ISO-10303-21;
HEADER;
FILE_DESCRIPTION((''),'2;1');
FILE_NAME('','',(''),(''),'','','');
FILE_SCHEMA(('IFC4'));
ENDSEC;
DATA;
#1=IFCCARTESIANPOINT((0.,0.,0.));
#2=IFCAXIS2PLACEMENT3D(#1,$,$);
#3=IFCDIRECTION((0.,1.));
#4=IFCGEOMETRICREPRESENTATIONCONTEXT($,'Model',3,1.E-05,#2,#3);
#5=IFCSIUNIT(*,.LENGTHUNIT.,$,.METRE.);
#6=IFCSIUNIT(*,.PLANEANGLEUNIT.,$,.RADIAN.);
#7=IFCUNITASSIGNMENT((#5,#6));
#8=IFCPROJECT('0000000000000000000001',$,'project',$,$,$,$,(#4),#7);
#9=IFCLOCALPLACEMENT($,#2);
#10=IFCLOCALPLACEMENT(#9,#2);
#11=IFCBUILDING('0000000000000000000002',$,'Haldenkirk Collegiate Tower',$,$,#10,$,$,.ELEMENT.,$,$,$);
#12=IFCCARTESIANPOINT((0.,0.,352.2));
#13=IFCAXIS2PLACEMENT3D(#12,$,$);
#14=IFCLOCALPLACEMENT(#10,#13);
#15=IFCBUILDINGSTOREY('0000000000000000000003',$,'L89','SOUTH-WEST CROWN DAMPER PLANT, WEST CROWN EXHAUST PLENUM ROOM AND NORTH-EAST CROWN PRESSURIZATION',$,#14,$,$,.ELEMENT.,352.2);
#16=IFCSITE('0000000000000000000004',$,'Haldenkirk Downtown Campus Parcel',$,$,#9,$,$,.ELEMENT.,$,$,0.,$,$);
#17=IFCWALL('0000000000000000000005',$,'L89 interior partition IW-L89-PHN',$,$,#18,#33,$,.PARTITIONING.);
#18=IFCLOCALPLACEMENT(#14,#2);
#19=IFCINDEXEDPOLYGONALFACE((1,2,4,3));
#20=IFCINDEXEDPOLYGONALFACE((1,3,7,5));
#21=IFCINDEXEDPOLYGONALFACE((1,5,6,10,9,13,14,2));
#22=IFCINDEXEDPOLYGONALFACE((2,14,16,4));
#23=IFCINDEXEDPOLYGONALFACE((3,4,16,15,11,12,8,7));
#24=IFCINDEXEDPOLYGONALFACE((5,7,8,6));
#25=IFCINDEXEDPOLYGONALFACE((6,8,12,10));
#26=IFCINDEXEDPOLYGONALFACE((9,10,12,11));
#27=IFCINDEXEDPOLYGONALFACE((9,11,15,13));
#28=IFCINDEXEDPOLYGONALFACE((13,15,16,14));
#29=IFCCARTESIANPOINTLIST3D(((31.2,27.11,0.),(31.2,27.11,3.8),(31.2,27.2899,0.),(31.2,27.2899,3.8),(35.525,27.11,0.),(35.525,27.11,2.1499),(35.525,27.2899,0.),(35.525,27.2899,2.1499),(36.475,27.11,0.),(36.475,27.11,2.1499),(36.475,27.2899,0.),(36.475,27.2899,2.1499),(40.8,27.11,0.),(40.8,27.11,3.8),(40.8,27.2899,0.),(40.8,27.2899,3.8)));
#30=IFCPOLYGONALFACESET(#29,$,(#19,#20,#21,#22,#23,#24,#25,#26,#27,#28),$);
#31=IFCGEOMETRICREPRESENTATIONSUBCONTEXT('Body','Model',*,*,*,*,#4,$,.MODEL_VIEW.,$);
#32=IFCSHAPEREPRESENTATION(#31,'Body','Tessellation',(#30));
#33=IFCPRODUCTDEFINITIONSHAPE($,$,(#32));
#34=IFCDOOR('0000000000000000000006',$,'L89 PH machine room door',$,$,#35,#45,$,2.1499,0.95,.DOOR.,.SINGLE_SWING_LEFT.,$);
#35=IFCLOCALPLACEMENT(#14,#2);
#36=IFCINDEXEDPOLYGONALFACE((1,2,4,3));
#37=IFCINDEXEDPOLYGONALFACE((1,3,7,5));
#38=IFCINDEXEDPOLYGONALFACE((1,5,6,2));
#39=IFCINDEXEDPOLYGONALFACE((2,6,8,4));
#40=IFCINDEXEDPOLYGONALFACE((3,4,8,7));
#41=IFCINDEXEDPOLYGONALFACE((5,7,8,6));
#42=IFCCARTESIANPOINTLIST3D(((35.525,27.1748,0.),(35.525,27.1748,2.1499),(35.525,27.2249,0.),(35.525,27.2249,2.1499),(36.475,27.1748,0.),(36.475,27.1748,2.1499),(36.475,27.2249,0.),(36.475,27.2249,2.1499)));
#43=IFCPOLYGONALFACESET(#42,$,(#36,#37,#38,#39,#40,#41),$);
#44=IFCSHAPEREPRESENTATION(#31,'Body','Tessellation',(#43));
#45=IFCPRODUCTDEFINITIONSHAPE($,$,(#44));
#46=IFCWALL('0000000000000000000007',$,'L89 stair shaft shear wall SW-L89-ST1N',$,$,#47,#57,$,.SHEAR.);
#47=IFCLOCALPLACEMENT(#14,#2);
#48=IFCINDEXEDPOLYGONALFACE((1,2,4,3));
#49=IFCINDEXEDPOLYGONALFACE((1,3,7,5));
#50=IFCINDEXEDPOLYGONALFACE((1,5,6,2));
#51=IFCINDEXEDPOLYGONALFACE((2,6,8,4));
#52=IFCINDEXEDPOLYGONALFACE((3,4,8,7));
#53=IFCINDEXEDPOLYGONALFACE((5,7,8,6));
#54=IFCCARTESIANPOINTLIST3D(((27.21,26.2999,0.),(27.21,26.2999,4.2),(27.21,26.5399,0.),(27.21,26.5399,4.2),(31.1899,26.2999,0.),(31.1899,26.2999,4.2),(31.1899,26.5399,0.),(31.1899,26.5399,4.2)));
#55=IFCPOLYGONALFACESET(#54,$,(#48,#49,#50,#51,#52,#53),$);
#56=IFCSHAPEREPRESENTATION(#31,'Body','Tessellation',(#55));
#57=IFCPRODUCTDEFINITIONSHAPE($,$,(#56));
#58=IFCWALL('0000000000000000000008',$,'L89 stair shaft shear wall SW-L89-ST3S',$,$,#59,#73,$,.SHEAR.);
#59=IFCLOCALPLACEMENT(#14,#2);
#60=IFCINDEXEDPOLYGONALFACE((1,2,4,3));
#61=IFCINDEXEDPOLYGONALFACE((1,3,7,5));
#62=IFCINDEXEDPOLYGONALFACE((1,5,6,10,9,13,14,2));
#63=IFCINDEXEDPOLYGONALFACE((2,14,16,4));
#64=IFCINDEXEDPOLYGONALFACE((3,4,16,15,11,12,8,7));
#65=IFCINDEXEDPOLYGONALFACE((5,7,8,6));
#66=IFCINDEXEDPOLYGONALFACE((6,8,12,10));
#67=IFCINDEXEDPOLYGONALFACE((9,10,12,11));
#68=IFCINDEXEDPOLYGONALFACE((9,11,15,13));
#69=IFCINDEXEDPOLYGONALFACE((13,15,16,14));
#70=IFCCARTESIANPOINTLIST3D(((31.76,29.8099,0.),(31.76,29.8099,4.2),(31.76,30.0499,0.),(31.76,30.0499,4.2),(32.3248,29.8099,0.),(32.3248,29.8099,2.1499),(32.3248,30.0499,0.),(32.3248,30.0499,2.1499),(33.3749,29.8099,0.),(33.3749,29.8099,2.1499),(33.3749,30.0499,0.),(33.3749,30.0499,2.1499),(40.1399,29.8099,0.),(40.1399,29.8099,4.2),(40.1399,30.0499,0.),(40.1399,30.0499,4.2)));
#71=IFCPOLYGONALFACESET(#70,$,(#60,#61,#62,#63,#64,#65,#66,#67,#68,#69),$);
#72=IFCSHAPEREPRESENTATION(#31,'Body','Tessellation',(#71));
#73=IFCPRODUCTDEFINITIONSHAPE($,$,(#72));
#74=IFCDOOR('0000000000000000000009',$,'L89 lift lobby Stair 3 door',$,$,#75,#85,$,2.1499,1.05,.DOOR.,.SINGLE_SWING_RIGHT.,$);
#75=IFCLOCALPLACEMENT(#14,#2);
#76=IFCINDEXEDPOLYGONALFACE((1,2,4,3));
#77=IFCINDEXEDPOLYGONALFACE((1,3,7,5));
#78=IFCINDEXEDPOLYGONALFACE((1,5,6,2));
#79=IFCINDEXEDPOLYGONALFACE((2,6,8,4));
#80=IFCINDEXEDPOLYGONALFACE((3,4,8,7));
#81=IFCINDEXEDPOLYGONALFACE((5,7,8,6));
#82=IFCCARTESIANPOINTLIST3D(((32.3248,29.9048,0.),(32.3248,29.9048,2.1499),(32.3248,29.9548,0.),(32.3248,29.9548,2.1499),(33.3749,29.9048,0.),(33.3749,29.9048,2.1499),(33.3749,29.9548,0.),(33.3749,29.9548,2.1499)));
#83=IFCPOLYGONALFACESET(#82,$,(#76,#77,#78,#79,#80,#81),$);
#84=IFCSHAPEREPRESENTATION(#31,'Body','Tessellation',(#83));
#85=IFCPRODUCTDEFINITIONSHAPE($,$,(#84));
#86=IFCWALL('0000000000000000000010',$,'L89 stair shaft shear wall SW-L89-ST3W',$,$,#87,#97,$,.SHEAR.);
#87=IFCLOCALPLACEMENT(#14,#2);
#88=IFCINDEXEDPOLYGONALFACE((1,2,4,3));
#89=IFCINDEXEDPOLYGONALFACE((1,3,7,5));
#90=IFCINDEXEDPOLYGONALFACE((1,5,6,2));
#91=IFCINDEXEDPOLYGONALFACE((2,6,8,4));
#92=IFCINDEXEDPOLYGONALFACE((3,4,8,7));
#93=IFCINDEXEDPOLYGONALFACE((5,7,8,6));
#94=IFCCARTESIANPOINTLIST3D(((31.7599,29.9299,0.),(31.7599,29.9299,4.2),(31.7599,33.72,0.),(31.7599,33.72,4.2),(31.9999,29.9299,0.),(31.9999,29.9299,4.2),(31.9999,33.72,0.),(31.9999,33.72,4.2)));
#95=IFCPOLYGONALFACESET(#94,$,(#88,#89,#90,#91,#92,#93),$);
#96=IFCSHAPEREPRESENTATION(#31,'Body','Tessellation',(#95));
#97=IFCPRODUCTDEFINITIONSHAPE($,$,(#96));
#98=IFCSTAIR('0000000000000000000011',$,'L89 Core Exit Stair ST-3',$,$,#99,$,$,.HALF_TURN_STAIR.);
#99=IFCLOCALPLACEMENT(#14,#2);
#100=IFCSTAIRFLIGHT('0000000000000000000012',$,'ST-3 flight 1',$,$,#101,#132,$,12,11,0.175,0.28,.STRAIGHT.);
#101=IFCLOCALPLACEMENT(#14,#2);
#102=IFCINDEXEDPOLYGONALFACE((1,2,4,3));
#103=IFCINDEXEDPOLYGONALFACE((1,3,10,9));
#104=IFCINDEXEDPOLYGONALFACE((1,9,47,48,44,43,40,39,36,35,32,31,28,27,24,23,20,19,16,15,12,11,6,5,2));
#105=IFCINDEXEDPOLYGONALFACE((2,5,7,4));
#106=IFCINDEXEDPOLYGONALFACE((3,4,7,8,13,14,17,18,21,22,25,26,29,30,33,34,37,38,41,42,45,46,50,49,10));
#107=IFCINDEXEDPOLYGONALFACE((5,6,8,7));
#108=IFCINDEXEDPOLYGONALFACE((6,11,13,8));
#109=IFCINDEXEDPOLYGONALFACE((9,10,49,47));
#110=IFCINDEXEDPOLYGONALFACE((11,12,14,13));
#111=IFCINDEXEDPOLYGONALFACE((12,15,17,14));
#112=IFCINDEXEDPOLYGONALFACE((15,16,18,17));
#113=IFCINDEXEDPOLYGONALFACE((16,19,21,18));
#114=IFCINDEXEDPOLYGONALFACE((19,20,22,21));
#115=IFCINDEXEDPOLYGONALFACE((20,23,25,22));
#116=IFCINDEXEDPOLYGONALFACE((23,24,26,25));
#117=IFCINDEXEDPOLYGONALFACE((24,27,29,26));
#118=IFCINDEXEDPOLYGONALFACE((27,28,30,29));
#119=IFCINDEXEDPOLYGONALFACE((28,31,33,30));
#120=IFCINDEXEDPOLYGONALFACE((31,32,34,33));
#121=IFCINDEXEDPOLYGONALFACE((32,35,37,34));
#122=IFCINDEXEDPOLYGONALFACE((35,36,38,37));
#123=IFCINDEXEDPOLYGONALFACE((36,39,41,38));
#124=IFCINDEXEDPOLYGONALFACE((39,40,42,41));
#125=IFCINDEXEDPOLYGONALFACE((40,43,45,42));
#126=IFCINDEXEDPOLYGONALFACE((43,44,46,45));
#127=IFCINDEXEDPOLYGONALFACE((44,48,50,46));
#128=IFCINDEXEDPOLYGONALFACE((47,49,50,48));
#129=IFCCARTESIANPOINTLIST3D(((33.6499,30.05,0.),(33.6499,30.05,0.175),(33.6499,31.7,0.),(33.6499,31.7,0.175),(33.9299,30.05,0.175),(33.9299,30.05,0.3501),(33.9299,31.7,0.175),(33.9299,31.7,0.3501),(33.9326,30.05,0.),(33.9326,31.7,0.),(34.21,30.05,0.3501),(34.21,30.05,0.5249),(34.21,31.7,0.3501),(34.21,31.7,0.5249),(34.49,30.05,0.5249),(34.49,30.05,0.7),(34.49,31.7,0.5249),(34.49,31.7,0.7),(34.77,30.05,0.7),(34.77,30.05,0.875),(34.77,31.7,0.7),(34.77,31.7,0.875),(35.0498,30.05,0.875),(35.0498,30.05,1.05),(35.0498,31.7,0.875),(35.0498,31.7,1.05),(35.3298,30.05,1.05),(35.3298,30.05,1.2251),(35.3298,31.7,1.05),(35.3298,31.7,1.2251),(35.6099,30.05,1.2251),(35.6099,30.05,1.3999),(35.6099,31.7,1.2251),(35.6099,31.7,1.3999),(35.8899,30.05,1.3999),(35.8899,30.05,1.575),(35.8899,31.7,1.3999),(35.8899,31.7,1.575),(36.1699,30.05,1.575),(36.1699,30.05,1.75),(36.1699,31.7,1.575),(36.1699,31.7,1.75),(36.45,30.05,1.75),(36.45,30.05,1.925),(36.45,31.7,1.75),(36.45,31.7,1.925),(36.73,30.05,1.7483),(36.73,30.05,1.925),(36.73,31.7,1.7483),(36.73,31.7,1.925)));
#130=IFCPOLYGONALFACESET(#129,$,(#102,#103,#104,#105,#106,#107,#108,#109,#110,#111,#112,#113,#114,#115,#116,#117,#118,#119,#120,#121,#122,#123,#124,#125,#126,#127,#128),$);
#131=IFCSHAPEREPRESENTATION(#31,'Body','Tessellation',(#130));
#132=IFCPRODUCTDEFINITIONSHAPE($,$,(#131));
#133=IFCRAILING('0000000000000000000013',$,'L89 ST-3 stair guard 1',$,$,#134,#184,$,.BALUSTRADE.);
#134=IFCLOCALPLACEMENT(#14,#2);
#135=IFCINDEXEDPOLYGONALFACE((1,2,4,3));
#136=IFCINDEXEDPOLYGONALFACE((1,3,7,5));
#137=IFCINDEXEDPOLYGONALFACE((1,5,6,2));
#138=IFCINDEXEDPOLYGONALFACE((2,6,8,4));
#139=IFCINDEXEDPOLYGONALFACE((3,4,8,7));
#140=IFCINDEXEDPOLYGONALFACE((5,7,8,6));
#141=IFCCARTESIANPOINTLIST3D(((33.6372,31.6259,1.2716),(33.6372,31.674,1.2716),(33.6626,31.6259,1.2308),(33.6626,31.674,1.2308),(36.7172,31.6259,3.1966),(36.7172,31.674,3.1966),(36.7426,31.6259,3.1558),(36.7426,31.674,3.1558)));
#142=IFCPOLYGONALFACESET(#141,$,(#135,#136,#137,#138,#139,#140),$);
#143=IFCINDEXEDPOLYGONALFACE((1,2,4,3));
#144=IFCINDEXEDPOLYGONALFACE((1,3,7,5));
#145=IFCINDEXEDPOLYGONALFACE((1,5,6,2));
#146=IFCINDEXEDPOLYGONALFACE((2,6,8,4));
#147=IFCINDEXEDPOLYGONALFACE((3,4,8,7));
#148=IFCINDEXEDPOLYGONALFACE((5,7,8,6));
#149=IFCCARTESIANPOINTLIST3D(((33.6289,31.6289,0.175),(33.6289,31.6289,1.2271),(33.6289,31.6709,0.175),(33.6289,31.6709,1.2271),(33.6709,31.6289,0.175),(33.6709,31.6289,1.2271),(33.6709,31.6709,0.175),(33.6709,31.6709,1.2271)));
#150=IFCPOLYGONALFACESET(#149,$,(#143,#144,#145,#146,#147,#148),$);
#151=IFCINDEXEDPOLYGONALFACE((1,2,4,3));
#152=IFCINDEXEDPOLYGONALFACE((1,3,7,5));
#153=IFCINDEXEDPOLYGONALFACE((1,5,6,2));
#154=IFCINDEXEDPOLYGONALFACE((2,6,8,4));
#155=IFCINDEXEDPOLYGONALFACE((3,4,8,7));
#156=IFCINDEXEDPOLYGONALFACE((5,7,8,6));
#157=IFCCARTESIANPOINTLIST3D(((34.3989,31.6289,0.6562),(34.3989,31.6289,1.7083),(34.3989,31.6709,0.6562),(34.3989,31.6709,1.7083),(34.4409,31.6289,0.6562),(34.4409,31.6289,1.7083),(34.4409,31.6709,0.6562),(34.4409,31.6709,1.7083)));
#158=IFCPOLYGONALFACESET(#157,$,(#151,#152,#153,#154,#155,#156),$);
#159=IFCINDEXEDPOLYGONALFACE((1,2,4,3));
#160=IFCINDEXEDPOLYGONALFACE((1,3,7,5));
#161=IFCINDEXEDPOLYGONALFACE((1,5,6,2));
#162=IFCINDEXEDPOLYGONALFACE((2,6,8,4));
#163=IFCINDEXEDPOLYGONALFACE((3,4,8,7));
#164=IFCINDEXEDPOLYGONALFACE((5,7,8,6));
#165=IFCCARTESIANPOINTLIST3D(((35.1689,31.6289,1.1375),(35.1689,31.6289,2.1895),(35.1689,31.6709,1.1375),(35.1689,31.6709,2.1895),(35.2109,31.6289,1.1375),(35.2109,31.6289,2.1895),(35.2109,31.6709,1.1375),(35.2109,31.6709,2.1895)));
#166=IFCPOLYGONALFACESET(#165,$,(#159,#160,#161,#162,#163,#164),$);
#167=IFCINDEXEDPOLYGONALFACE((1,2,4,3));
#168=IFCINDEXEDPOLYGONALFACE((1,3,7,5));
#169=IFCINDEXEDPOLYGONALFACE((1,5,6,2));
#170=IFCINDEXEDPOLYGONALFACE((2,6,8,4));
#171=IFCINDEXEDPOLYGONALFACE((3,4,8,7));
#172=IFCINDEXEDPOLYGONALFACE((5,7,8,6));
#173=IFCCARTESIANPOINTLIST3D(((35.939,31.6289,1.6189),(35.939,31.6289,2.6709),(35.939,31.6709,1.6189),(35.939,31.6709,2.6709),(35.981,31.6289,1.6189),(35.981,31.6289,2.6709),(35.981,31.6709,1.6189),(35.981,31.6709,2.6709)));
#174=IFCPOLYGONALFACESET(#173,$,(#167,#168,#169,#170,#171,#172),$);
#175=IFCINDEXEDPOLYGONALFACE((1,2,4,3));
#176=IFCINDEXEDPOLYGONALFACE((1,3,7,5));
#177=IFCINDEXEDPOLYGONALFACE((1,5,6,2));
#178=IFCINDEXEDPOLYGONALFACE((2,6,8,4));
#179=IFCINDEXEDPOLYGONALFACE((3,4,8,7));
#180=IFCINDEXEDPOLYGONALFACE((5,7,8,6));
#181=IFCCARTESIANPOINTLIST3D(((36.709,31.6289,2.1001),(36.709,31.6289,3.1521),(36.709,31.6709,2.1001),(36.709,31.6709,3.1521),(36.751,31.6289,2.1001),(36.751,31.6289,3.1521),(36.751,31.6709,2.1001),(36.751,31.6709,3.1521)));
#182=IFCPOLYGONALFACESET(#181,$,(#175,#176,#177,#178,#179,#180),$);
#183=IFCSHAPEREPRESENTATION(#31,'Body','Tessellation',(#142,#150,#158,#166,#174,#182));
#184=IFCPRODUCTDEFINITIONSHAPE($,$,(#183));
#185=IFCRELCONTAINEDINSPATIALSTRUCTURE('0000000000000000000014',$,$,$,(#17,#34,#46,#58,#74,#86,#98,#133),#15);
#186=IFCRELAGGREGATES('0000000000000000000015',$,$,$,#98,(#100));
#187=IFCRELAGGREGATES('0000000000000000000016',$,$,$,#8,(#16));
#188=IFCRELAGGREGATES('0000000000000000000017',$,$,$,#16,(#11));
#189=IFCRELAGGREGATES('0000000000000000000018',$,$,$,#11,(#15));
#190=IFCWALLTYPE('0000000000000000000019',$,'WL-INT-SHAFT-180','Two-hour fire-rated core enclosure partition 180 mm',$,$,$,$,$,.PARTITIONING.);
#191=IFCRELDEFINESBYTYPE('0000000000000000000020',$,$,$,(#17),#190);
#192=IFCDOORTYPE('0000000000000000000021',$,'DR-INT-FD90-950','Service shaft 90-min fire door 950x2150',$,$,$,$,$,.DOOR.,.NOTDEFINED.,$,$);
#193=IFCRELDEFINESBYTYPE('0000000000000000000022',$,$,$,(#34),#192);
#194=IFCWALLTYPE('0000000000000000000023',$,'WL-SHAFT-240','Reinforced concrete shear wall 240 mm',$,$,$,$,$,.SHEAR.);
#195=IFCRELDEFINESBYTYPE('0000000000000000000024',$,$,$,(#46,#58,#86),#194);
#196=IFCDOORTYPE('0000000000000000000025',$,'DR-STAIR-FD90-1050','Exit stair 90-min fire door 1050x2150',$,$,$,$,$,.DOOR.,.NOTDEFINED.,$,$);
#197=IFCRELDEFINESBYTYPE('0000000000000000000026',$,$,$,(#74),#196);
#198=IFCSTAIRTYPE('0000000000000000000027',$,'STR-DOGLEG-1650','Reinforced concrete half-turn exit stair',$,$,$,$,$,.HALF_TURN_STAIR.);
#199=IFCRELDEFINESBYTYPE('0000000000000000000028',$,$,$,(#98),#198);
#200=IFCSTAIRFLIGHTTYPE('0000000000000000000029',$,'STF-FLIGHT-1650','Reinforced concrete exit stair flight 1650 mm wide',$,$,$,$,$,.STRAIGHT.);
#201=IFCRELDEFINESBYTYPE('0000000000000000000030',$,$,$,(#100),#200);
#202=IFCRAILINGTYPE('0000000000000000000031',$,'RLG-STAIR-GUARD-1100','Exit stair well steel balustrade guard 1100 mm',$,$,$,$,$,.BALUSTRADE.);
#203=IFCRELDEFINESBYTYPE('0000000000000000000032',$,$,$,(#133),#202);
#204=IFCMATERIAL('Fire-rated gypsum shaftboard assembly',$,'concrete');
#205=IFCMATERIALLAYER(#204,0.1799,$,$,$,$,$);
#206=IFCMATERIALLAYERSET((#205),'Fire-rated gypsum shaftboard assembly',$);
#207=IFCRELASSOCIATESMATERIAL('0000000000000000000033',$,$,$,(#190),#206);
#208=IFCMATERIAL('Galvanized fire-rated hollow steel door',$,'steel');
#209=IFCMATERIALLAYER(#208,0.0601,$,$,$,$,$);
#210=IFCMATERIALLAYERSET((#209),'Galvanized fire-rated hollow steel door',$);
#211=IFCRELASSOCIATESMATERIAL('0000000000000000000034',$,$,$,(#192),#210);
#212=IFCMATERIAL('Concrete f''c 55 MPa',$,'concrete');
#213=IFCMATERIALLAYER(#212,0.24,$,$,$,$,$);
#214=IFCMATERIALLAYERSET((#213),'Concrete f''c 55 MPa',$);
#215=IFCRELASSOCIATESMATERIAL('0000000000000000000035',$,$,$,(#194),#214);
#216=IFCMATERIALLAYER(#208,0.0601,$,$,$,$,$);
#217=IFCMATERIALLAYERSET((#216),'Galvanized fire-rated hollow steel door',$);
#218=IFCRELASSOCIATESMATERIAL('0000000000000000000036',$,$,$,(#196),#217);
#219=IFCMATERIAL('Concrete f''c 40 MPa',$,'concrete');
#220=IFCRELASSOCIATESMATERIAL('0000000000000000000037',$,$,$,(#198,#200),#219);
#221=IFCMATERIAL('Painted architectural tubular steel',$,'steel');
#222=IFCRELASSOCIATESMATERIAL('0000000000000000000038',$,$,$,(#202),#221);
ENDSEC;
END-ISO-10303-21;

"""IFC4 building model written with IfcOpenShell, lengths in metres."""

from ifc_helpers import new_model, si_unit, direction, frame, frame_2d, origin, origin_2d, place, context, subcontext, project, spatial, polyline, rectangle, outline, extrude, material, layer, layer_set, type_object, element, fill, aggregate, save


model = new_model("IFC4")

# Units and contexts
model_context = context("Model", 3, precision=1e-05, world=origin(), true_north=direction((0.0, 1.0)))
body_context = subcontext(model_context, "Body", "Model", "MODEL_VIEW")
ifc_project = project(units=[si_unit("LENGTHUNIT", "METRE"), si_unit("PLANEANGLEUNIT", "RADIAN")], contexts=[model_context])

# Site, building, storey
site_placement = place(None, origin())
site = spatial("IfcSite", under=ifc_project, at=site_placement, Name="Haldenkirk Downtown Campus Parcel", CompositionType="ELEMENT", RefElevation=0.0)
building_placement = place(site_placement, origin())
building = spatial("IfcBuilding", under=site, at=building_placement, Name="Haldenkirk Collegiate Tower", CompositionType="ELEMENT")
storey_placement = place(building_placement, frame((0.0, 0.0, 352.2)))
storey = spatial("IfcBuildingStorey", under=building, at=storey_placement, Name="L89", Description="SOUTH-WEST CROWN DAMPER PLANT, WEST CROWN EXHAUST PLENUM ROOM AND NORTH-EAST CROWN PRESSURIZATION", CompositionType="ELEMENT", Elevation=352.2)

# Shared definitions
ifc_material_1 = material(Name="Concrete f'c 55 MPa", Category="concrete")

# Shared definitions
ifc_material_2 = material(Name="Fire-rated gypsum shaftboard assembly", Category="concrete")
ifc_layer_1 = layer(ifc_material_2, 0.1799)
ifc_layer_set_1 = layer_set([ifc_layer_1], Name="Fire-rated gypsum shaftboard assembly")
wall_type_1 = type_object("IfcWallType", Name="WL-INT-SHAFT-180", Description="Two-hour fire-rated core enclosure partition 180 mm", PredefinedType="PARTITIONING", material=ifc_layer_set_1)

# Wall, opening, door
wall_1_placement = place(storey_placement, frame((31.2, 27.2, 0.0), z_axis=(0.0, 0.0, 1.0), x_axis=(1.0, 0.0, 0.0)))
wall_1 = element("IfcWall", 1, at=wall_1_placement, inside=storey, type_object=wall_type_1, Name="L89 interior partition IW-L89-PHN", PredefinedType="PARTITIONING", context=body_context, shape_type="SweptSolid", body=[
    extrude(rectangle(XDim=9.6001, YDim=0.1799, at=frame_2d((4.8, 0.0))), origin(), (0.0, 0.0, 1.0), 3.8),
])
opening_1_placement = place(wall_1_placement, frame((4.325, 0.0, 0.0)))
opening_1 = element("IfcOpeningElement", 2, at=opening_1_placement, cuts=wall_1, PredefinedType="OPENING", context=body_context, shape_type="SweptSolid", body=[
    extrude(rectangle(XDim=0.95, YDim=2.1499, at=frame_2d((0.4751, 1.075))), frame((0.0, 0.0999, 0.0), z_axis=(0.0, -1.0, 0.0), x_axis=(1.0, 0.0, 0.0)), (0.0, 0.0, 1.0), 0.2),
])
ifc_material_3 = material(Name="Galvanized fire-rated hollow steel door", Category="steel")
ifc_layer_2 = layer(ifc_material_3, 0.0601)
ifc_layer_set_2 = layer_set([ifc_layer_2], Name="Galvanized fire-rated hollow steel door")
door_type_1 = type_object("IfcDoorType", Name="DR-INT-FD90-950", Description="Service shaft 90-min fire door 950x2150", OperationType="NOTDEFINED", PredefinedType="DOOR", material=ifc_layer_set_2)
door_1_placement = place(opening_1_placement, origin())
door_1 = element("IfcDoor", 3, at=door_1_placement, inside=storey, type_object=door_type_1, Name="L89 PH machine room door", OperationType="SINGLE_SWING_LEFT", OverallHeight=2.1499, OverallWidth=0.95, PredefinedType="DOOR", context=body_context, shape_type="SweptSolid", body=[
    extrude(rectangle(XDim=0.95, YDim=2.1499, at=frame_2d((0.4751, 1.075))), frame((0.0, 0.0249, 0.0), z_axis=(0.0, -1.0, 0.0), x_axis=(1.0, 0.0, 0.0)), (0.0, 0.0, 1.0), 0.05),
])
fill(opening_1, door_1)

# Wall
ifc_layer_3 = layer(ifc_material_1, 0.24)
ifc_layer_set_3 = layer_set([ifc_layer_3], Name="Concrete f'c 55 MPa")
wall_type_2 = type_object("IfcWallType", Name="WL-SHAFT-240", Description="Reinforced concrete shear wall 240 mm", PredefinedType="SHEAR", material=ifc_layer_set_3)
wall_2_placement = place(storey_placement, frame((27.21, 26.4199, 0.0), z_axis=(0.0, 0.0, 1.0), x_axis=(1.0, 0.0, 0.0)))
element("IfcWall", 4, at=wall_2_placement, inside=storey, type_object=wall_type_2, Name="L89 stair shaft shear wall SW-L89-ST1N", PredefinedType="SHEAR", context=body_context, shape_type="SweptSolid", body=[
    extrude(rectangle(XDim=3.98, YDim=0.24, at=frame_2d((1.99, 0.0))), origin(), (0.0, 0.0, 1.0), 4.2),
])

# Wall, opening, door
wall_3_placement = place(storey_placement, frame((31.76, 29.9299, 0.0), z_axis=(0.0, 0.0, 1.0), x_axis=(1.0, 0.0, 0.0)))
wall_3 = element("IfcWall", 5, at=wall_3_placement, inside=storey, type_object=wall_type_2, Name="L89 stair shaft shear wall SW-L89-ST3S", PredefinedType="SHEAR", context=body_context, shape_type="SweptSolid", body=[
    extrude(rectangle(XDim=8.3799, YDim=0.24, at=frame_2d((4.1899, 0.0))), origin(), (0.0, 0.0, 1.0), 4.2),
])
opening_2_placement = place(wall_3_placement, frame((0.5649, 0.0, 0.0)))
opening_2 = element("IfcOpeningElement", 6, at=opening_2_placement, cuts=wall_3, PredefinedType="OPENING", context=body_context, shape_type="SweptSolid", body=[
    extrude(rectangle(XDim=1.05, YDim=2.1499, at=frame_2d((0.5249, 1.075))), frame((0.0, 0.1299, 0.0), z_axis=(0.0, -1.0, 0.0), x_axis=(1.0, 0.0, 0.0)), (0.0, 0.0, 1.0), 0.26),
])
ifc_layer_4 = layer(ifc_material_3, 0.0601)
ifc_layer_set_4 = layer_set([ifc_layer_4], Name="Galvanized fire-rated hollow steel door")
door_type_2 = type_object("IfcDoorType", Name="DR-STAIR-FD90-1050", Description="Exit stair 90-min fire door 1050x2150", OperationType="NOTDEFINED", PredefinedType="DOOR", material=ifc_layer_set_4)
door_2_placement = place(opening_2_placement, origin())
door_2 = element("IfcDoor", 7, at=door_2_placement, inside=storey, type_object=door_type_2, Name="L89 lift lobby Stair 3 door", OperationType="SINGLE_SWING_RIGHT", OverallHeight=2.1499, OverallWidth=1.05, PredefinedType="DOOR", context=body_context, shape_type="SweptSolid", body=[
    extrude(rectangle(XDim=1.05, YDim=2.1499, at=frame_2d((0.5249, 1.075))), frame((0.0, 0.0249, 0.0), z_axis=(0.0, -1.0, 0.0), x_axis=(1.0, 0.0, 0.0)), (0.0, 0.0, 1.0), 0.05),
])
fill(opening_2, door_2)

# Wall
wall_4_placement = place(storey_placement, frame((31.8799, 29.9299, 0.0), z_axis=(0.0, 0.0, 1.0), x_axis=(0.0, 1.0, 0.0)))
element("IfcWall", 8, at=wall_4_placement, inside=storey, type_object=wall_type_2, Name="L89 stair shaft shear wall SW-L89-ST3W", PredefinedType="SHEAR", context=body_context, shape_type="SweptSolid", body=[
    extrude(rectangle(XDim=3.79, YDim=0.24, at=frame_2d((1.895, 0.0))), origin(), (0.0, 0.0, 1.0), 4.2),
])

# Stair, stair flight
ifc_material_4 = material(Name="Concrete f'c 40 MPa", Category="concrete")
stair_type = type_object("IfcStairType", Name="STR-DOGLEG-1650", Description="Reinforced concrete half-turn exit stair", PredefinedType="HALF_TURN_STAIR", material=ifc_material_4)
stair_placement = place(storey_placement, origin())
stair = element("IfcStair", 9, at=stair_placement, inside=storey, type_object=stair_type, Name="L89 Core Exit Stair ST-3", PredefinedType="HALF_TURN_STAIR")
stair_flight_type = type_object("IfcStairFlightType", Name="STF-FLIGHT-1650", Description="Reinforced concrete exit stair flight 1650 mm wide", PredefinedType="STRAIGHT", material=ifc_material_4)
stair_flight_placement = place(storey_placement, frame((33.6499, 30.875, 0.0), z_axis=(0.0, 0.0, 1.0), x_axis=(1.0, 0.0, 0.0)))
stair_flight = element("IfcStairFlight", 10, at=stair_flight_placement, type_object=stair_flight_type, Name="ST-3 flight 1", NumberOfRisers=12, NumberOfTreads=11, PredefinedType="STRAIGHT", RiserHeight=0.175, TreadLength=0.28, context=body_context, shape_type="SweptSolid", body=[
    extrude(outline(polyline([(0.0, 0.0), (0.0, 0.175), (0.28, 0.175), (0.28, 0.3501), (0.5601, 0.3501), (0.5601, 0.5249), (0.8401, 0.5249), (0.8401, 0.7), (1.1201, 0.7), (1.1201, 0.875), (1.3999, 0.875), (1.3999, 1.05), (1.6799, 1.05), (1.6799, 1.2251), (1.96, 1.2251), (1.96, 1.3999), (2.24, 1.3999), (2.24, 1.575), (2.52, 1.575), (2.52, 1.75), (2.8, 1.75), (2.8, 1.925), (3.0801, 1.925), (3.0801, 2.1001), (3.0801, 1.7483), (0.2827, 0.0), (0.0, 0.0)])), frame((0.0, 0.825, 0.0), z_axis=(0.0, -1.0, 0.0), x_axis=(1.0, 0.0, 0.0)), (0.0, 0.0, 1.0), 1.6499),
])
aggregate(stair, [stair_flight])

# Railing
ifc_material_5 = material(Name="Painted architectural tubular steel", Category="steel")
railing_type_1 = type_object("IfcRailingType", Name="RLG-STAIR-GUARD-1100", Description="Exit stair well steel balustrade guard 1100 mm", PredefinedType="BALUSTRADE", material=ifc_material_5)
railing_1_placement = place(storey_placement, frame((33.6499, 31.6499, 0.175)))
element("IfcRailing", 11, at=railing_1_placement, inside=storey, type_object=railing_type_1, Name="L89 ST-3 stair guard 1", PredefinedType="BALUSTRADE", context=body_context, shape_type="SweptSolid", body=[
    extrude(rectangle(XDim=0.0481, YDim=0.0481, at=origin_2d()), frame((0.0, 0.0, 1.0762), z_axis=(0.847998, 0.0, 0.529999), x_axis=(0.0, 1.0, 0.0)), (0.0, 0.0, 1.0), 3.6321),
    extrude(rectangle(XDim=0.042, YDim=0.042, at=origin_2d()), origin(), (0.0, 0.0, 1.0), 1.052),
    extrude(rectangle(XDim=0.042, YDim=0.042, at=origin_2d()), frame((0.77, 0.0, 0.4812)), (0.0, 0.0, 1.0), 1.052),
    extrude(rectangle(XDim=0.042, YDim=0.042, at=origin_2d()), frame((1.54, 0.0, 0.9624)), (0.0, 0.0, 1.0), 1.052),
    extrude(rectangle(XDim=0.042, YDim=0.042, at=origin_2d()), frame((2.3101, 0.0, 1.4438)), (0.0, 0.0, 1.0), 1.052),
    extrude(rectangle(XDim=0.042, YDim=0.042, at=origin_2d()), frame((3.0801, 0.0, 1.925)), (0.0, 0.0, 1.0), 1.052),
])

save(model, "model.ifc")
